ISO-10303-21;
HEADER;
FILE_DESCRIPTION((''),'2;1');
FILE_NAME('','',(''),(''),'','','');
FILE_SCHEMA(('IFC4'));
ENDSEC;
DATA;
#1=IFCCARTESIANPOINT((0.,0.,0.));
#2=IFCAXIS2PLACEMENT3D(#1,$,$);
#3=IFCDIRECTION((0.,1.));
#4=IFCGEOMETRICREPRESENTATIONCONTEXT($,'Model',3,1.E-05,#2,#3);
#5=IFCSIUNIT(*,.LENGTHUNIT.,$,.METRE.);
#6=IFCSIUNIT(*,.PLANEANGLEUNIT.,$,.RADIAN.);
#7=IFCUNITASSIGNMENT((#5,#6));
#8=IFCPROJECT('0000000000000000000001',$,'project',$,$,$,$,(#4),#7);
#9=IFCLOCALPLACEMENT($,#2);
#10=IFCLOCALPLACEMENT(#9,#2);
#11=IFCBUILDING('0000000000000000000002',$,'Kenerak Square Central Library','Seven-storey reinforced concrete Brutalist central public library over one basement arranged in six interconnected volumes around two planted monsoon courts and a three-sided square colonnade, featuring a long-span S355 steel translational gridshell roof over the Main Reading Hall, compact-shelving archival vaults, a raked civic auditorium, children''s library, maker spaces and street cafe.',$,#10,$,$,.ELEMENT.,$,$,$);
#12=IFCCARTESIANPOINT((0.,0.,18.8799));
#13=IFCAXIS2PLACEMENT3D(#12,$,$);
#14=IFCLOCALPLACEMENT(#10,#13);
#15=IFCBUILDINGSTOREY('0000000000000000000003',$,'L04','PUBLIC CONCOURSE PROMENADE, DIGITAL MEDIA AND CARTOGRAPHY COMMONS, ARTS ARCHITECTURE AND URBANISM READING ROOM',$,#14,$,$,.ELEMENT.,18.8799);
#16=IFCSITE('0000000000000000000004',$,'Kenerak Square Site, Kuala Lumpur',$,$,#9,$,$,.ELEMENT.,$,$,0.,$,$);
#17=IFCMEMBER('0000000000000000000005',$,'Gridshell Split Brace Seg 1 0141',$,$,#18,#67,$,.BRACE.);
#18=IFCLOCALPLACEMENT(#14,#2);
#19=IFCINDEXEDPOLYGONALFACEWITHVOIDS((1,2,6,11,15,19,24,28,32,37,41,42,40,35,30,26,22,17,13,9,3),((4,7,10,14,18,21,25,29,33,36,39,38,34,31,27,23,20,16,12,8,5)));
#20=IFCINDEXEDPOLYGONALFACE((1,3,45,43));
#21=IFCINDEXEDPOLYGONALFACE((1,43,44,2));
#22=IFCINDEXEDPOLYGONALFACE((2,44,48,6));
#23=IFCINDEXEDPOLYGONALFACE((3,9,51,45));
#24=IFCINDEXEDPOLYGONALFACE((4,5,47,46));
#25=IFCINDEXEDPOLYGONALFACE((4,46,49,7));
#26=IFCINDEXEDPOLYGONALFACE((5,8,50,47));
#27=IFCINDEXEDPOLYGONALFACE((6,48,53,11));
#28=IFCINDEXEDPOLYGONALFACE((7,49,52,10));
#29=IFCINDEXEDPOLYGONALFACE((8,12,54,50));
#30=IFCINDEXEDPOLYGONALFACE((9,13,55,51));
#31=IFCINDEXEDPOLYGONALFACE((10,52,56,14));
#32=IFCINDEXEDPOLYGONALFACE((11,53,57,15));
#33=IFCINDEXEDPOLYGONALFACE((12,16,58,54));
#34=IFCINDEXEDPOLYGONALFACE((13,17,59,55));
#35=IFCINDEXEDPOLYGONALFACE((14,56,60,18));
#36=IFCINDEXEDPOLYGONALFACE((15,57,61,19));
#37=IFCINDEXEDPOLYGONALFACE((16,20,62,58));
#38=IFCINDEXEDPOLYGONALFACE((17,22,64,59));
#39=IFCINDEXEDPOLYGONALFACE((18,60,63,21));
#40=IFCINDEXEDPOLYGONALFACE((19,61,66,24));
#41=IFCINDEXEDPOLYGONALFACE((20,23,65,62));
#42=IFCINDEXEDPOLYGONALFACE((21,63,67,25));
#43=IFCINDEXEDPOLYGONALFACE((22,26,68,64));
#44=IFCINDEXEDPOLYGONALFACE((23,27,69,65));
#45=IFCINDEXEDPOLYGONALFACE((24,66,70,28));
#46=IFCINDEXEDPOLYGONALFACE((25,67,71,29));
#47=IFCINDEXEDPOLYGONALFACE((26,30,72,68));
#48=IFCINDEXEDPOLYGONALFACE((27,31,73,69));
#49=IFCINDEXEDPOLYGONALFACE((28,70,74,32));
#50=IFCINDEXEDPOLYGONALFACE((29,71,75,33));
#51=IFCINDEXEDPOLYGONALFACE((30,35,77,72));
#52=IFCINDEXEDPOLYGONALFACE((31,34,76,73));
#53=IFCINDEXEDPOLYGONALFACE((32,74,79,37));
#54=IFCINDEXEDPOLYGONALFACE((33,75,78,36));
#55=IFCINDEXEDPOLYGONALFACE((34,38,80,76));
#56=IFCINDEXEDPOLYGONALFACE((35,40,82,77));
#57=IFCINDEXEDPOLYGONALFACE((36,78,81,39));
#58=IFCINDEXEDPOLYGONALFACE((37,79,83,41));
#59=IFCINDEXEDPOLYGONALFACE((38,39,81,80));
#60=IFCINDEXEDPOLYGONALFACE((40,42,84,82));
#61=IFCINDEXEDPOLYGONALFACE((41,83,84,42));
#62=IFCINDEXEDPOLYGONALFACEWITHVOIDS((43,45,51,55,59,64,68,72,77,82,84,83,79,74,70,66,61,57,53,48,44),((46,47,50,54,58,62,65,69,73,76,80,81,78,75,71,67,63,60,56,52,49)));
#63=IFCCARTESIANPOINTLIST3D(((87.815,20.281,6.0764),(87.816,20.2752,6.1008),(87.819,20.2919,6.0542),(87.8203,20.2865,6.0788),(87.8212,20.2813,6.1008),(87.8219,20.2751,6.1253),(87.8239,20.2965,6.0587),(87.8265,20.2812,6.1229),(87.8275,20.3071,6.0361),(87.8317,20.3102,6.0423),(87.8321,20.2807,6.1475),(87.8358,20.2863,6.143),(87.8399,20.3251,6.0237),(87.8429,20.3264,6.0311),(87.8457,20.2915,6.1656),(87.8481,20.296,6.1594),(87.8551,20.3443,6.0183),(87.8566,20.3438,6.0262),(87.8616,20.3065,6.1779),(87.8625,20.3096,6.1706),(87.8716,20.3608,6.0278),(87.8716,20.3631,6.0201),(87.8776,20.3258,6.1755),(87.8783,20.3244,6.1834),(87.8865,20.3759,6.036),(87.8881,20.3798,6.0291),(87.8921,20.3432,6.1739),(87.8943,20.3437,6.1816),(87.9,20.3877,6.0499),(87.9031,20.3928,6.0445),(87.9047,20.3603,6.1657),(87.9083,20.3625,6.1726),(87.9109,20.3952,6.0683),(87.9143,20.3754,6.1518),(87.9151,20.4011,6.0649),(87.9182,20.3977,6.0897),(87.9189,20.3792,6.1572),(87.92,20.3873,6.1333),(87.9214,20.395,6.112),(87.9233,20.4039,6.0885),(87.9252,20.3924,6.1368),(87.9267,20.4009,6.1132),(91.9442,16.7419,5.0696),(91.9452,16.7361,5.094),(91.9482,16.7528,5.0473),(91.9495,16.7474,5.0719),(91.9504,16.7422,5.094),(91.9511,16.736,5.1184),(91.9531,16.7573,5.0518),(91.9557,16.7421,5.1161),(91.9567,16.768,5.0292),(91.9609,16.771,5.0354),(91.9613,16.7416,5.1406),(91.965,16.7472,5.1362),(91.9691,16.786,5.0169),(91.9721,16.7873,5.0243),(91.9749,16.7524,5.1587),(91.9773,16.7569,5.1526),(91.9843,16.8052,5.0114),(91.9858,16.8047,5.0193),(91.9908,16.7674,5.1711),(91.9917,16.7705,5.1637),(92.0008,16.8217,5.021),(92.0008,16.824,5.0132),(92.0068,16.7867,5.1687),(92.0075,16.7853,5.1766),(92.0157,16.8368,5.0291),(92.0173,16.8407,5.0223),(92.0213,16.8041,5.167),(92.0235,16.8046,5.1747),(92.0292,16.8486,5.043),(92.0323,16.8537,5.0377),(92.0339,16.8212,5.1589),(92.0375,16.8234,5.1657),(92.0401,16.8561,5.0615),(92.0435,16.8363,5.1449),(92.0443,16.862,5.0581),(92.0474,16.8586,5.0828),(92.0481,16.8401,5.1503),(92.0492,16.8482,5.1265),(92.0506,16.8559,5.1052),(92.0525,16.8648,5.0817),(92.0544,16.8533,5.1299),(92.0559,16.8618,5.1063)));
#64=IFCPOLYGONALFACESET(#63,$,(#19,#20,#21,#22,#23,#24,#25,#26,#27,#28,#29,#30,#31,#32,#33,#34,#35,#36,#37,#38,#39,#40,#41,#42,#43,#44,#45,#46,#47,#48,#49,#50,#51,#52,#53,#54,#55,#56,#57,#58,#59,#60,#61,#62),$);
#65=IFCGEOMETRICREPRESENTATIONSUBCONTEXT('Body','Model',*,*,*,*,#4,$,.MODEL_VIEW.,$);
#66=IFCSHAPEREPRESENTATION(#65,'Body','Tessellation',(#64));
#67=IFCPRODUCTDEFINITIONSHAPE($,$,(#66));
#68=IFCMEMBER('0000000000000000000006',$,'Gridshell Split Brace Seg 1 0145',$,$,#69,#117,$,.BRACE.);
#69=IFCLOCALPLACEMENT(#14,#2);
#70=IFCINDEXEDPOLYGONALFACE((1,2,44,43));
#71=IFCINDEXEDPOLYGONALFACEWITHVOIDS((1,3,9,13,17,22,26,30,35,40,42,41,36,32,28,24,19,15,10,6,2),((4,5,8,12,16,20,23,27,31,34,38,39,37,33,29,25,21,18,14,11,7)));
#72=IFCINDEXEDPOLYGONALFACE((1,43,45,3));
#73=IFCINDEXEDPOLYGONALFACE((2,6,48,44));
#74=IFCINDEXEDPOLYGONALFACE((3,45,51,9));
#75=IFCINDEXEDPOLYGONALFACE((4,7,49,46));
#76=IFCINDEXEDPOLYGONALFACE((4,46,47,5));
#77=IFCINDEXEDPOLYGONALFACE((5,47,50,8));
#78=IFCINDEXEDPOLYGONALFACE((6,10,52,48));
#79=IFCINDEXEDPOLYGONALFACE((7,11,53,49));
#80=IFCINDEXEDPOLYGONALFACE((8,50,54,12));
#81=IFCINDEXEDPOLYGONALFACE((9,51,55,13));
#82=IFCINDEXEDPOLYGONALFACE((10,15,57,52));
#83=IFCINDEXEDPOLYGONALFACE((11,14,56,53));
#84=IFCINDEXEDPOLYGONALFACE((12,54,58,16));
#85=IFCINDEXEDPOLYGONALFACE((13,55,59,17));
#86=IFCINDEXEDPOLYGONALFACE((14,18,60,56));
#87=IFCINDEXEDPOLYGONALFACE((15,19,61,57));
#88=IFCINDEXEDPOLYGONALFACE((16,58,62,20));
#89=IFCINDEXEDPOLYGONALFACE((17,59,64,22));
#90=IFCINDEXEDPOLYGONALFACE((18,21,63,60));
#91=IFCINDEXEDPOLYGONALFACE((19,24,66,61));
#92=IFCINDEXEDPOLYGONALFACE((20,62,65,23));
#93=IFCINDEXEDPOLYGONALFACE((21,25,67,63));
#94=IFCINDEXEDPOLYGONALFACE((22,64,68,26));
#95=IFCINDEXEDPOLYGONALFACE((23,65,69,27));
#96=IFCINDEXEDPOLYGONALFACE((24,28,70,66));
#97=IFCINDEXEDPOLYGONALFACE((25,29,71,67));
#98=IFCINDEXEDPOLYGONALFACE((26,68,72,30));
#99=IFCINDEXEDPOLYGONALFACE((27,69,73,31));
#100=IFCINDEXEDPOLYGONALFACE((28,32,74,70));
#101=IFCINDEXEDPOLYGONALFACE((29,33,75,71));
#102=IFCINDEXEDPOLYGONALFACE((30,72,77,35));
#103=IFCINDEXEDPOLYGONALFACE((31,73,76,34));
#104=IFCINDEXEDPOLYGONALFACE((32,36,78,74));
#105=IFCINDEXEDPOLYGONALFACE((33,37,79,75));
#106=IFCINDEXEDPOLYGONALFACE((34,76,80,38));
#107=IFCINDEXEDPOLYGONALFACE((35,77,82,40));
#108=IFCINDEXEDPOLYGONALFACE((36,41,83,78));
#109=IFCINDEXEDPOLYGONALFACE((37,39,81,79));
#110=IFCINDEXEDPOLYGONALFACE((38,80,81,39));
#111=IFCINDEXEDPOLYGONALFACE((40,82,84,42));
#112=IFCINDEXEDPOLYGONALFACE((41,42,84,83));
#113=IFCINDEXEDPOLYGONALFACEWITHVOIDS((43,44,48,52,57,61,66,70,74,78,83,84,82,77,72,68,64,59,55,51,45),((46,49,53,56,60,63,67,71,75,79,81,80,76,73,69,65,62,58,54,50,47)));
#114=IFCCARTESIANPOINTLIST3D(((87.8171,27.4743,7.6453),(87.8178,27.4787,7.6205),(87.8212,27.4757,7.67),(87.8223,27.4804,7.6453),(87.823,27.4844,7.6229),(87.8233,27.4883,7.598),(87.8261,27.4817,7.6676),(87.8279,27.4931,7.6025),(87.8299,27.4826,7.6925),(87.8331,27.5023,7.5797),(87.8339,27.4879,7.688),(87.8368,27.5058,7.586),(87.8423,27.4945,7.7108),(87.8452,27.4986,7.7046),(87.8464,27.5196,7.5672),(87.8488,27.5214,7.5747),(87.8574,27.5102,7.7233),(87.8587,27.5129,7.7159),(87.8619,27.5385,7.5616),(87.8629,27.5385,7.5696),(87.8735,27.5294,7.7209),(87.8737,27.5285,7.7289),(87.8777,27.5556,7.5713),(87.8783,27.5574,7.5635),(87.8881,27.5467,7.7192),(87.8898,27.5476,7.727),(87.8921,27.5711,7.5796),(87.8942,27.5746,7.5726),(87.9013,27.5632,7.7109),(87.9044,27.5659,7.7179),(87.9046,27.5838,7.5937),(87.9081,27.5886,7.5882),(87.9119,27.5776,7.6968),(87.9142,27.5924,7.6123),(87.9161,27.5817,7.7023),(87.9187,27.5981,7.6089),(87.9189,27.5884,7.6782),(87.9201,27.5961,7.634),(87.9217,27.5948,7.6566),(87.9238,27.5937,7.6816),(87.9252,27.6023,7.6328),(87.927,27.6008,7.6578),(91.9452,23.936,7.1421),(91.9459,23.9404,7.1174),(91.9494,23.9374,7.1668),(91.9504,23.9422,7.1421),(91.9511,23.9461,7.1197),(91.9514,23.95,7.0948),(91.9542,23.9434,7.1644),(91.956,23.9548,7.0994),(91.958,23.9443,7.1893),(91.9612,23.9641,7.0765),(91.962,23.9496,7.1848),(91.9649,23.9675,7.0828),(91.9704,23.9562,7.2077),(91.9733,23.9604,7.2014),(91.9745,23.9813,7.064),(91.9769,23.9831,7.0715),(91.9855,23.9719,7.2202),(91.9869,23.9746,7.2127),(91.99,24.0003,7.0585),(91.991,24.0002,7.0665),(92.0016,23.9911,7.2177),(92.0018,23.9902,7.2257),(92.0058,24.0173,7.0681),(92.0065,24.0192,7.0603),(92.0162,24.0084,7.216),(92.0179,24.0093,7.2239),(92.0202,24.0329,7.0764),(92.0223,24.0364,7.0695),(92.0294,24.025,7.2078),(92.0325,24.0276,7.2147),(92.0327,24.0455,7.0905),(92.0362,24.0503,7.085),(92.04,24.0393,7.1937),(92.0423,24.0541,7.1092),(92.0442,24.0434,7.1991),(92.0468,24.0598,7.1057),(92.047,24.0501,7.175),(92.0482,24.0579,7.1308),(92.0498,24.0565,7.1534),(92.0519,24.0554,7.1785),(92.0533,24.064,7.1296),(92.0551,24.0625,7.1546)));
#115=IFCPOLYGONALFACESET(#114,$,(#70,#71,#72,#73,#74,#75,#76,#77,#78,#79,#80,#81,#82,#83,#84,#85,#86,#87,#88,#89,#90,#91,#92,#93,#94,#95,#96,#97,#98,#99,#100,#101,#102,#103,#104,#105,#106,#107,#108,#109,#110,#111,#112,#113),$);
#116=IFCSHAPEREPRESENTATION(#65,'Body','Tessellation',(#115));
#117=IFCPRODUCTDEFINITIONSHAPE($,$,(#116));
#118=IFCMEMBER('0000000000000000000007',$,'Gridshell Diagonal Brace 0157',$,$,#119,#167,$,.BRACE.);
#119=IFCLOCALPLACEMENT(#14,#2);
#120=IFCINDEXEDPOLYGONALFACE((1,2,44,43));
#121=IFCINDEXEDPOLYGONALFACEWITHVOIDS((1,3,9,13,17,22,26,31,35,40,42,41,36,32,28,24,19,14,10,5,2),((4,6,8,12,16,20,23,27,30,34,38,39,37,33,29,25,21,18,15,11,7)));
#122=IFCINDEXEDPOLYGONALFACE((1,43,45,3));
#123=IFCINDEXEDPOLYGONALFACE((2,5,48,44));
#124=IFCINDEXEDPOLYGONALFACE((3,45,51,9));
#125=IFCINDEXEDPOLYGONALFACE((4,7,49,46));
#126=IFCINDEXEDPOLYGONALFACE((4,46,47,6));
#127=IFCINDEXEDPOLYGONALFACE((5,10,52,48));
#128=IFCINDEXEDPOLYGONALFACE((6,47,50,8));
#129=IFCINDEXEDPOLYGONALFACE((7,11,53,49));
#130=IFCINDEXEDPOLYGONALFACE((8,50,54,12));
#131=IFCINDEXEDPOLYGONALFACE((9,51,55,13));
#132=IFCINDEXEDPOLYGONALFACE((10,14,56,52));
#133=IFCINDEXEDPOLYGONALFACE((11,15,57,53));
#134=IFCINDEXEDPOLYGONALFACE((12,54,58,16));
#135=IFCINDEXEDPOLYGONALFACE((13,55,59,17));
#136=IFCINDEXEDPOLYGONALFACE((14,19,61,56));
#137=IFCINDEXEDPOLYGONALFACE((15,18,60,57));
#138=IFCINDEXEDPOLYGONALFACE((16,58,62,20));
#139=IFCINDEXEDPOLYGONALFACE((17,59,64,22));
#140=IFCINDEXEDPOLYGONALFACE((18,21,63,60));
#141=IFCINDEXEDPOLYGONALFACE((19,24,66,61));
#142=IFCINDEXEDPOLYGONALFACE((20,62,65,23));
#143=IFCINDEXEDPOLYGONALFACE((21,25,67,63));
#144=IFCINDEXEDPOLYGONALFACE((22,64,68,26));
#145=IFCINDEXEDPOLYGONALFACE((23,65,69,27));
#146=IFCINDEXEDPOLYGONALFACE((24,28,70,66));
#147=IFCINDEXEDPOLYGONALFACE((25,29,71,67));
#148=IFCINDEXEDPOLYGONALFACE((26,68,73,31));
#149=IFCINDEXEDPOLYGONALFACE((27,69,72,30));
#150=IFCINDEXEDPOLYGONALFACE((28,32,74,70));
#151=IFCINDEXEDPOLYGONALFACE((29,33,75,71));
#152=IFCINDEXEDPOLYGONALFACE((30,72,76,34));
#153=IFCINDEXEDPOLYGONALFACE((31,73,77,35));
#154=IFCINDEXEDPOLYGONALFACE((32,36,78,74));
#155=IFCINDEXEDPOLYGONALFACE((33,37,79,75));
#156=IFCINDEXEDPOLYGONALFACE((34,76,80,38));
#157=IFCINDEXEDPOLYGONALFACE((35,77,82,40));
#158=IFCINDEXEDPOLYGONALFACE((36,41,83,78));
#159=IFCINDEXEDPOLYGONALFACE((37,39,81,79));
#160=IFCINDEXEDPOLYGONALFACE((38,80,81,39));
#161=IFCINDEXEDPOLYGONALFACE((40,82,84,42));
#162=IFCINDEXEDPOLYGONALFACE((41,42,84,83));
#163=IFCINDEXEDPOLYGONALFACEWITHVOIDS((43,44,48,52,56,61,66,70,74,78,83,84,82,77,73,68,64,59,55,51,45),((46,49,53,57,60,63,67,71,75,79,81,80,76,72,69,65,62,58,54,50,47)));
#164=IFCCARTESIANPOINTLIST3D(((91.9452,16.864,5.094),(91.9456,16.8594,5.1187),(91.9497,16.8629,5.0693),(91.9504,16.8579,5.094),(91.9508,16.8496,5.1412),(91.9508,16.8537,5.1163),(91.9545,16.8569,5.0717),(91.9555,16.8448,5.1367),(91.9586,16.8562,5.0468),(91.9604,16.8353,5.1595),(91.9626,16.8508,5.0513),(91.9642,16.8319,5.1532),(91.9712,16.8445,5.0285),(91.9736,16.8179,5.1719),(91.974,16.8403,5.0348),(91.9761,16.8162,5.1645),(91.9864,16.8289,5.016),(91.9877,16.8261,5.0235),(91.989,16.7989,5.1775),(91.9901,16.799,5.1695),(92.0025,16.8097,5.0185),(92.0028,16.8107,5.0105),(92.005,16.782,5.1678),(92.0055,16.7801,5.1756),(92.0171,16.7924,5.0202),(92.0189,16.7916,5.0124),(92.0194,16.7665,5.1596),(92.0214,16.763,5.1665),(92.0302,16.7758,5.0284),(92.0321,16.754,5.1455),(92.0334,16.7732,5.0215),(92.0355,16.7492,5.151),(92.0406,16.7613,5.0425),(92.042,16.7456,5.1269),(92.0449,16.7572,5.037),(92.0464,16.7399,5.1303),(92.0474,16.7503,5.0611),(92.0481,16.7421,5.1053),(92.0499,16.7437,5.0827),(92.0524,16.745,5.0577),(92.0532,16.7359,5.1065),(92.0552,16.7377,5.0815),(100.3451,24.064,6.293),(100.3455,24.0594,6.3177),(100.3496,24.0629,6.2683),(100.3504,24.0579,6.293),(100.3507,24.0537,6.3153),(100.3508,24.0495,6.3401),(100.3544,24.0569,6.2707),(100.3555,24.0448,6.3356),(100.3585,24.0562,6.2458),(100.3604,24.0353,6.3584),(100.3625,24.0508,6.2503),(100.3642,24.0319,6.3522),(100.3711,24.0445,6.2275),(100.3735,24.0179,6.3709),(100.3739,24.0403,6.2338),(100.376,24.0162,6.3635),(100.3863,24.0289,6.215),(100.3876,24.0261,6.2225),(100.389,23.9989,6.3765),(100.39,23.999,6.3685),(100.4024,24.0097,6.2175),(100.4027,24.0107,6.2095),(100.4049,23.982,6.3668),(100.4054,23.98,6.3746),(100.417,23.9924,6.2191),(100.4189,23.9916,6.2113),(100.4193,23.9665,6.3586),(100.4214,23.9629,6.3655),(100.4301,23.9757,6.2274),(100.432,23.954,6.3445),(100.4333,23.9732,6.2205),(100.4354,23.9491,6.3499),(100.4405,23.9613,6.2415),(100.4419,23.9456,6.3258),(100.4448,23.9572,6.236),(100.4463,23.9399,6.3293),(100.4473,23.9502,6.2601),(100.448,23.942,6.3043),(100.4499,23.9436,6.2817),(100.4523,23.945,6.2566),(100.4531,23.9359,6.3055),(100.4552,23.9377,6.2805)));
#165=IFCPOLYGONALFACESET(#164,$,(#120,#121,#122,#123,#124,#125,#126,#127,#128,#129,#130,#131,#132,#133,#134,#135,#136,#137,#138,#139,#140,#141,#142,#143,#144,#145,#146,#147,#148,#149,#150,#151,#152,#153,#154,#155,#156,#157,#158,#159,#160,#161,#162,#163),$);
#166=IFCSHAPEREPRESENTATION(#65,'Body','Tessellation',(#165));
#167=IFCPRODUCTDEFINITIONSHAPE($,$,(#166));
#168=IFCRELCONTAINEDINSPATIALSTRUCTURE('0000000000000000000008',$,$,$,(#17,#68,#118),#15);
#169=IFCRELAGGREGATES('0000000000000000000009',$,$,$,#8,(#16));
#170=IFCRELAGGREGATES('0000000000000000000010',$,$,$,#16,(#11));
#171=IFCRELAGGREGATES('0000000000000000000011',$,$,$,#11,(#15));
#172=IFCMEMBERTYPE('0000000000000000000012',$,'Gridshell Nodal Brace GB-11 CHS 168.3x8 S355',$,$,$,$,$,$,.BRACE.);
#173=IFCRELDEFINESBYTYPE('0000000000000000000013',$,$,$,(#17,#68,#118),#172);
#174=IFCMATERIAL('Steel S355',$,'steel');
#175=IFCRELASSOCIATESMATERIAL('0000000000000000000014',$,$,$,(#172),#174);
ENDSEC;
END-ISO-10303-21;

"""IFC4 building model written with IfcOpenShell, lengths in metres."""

from ifc_helpers import new_model, si_unit, direction, frame, origin, origin_2d, place, context, subcontext, project, spatial, hollow_circle, extrude, material, material_profile, profile_set, type_object, element, save


model = new_model("IFC4")

# Units and contexts
model_context = context("Model", 3, precision=1e-05, world=origin(), true_north=direction((0.0, 1.0)))
body_context = subcontext(model_context, "Body", "Model", "MODEL_VIEW")
ifc_project = project(units=[si_unit("LENGTHUNIT", "METRE"), si_unit("PLANEANGLEUNIT", "RADIAN")], contexts=[model_context])

# Site, building, storey
site_placement = place(None, origin())
site = spatial("IfcSite", under=ifc_project, at=site_placement, Name="Kenerak Square Site, Kuala Lumpur", CompositionType="ELEMENT", RefElevation=0.0)
building_placement = place(site_placement, origin())
building = spatial("IfcBuilding", under=site, at=building_placement, Name="Kenerak Square Central Library", Description="Seven-storey reinforced concrete Brutalist central public library over one basement arranged in six interconnected volumes around two planted monsoon courts and a three-sided square colonnade, featuring a long-span S355 steel translational gridshell roof over the Main Reading Hall, compact-shelving archival vaults, a raked civic auditorium, children's library, maker spaces and street cafe.", CompositionType="ELEMENT")
storey_placement = place(building_placement, frame((0.0, 0.0, 18.8799)))
storey = spatial("IfcBuildingStorey", under=building, at=storey_placement, Name="L04", Description="PUBLIC CONCOURSE PROMENADE, DIGITAL MEDIA AND CARTOGRAPHY COMMONS, ARTS ARCHITECTURE AND URBANISM READING ROOM", CompositionType="ELEMENT", Elevation=18.8799)

# Members
ifc_material = material(Name="Steel S355", Category="steel")
ifc_material_profile_1 = material_profile(ifc_material, hollow_circle(Radius=0.0842, WallThickness=0.0081, at=origin_2d()), Name="CHS 168.3x8.0")
ifc_profile_set_1 = profile_set([ifc_material_profile_1], Name="Steel S355")
member_type_1 = type_object("IfcMemberType", Name="Gridshell Nodal Brace GB-11 CHS 168.3x8 S355", PredefinedType="BRACE", material=ifc_profile_set_1)
member_1_placement = place(storey_placement, frame((92.0, 16.8, 5.094), z_axis=(-0.746588, 0.639895, 0.182045), x_axis=(-0.650769, -0.759276, 0.0)))
element("IfcMember", 1, at=member_1_placement, inside=storey, type_object=member_type_1, Name="Gridshell Split Brace Seg 1 0141", PredefinedType="BRACE", context=body_context, shape_type="SweptSolid", body=[
    extrude(hollow_circle(Radius=0.0842, WallThickness=0.0081, at=origin_2d()), origin(), (0.0, 0.0, 1.0), 5.5308),
])
member_2_placement = place(storey_placement, frame((92.0, 24.0, 7.1421), z_axis=(-0.756035, 0.648011, 0.092151), x_axis=(-0.65078, -0.759266, 0.0)))
element("IfcMember", 2, at=member_2_placement, inside=storey, type_object=member_type_1, Name="Gridshell Split Brace Seg 1 0145", PredefinedType="BRACE", context=body_context, shape_type="SweptSolid", body=[
    extrude(hollow_circle(Radius=0.0842, WallThickness=0.0081, at=origin_2d()), origin(), (0.0, 0.0, 1.0), 5.4602),
])
member_3_placement = place(storey_placement, frame((92.0, 16.8, 5.094), z_axis=(0.754835, 0.647005, 0.107743), x_axis=(-0.650793, 0.759255, 0.0)))
element("IfcMember", 3, at=member_3_placement, inside=storey, type_object=member_type_1, Name="Gridshell Diagonal Brace 0157", PredefinedType="BRACE", context=body_context, shape_type="SweptSolid", body=[
    extrude(hollow_circle(Radius=0.0842, WallThickness=0.0081, at=origin_2d()), origin(), (0.0, 0.0, 1.0), 11.1282),
])

save(model, "model.ifc")
